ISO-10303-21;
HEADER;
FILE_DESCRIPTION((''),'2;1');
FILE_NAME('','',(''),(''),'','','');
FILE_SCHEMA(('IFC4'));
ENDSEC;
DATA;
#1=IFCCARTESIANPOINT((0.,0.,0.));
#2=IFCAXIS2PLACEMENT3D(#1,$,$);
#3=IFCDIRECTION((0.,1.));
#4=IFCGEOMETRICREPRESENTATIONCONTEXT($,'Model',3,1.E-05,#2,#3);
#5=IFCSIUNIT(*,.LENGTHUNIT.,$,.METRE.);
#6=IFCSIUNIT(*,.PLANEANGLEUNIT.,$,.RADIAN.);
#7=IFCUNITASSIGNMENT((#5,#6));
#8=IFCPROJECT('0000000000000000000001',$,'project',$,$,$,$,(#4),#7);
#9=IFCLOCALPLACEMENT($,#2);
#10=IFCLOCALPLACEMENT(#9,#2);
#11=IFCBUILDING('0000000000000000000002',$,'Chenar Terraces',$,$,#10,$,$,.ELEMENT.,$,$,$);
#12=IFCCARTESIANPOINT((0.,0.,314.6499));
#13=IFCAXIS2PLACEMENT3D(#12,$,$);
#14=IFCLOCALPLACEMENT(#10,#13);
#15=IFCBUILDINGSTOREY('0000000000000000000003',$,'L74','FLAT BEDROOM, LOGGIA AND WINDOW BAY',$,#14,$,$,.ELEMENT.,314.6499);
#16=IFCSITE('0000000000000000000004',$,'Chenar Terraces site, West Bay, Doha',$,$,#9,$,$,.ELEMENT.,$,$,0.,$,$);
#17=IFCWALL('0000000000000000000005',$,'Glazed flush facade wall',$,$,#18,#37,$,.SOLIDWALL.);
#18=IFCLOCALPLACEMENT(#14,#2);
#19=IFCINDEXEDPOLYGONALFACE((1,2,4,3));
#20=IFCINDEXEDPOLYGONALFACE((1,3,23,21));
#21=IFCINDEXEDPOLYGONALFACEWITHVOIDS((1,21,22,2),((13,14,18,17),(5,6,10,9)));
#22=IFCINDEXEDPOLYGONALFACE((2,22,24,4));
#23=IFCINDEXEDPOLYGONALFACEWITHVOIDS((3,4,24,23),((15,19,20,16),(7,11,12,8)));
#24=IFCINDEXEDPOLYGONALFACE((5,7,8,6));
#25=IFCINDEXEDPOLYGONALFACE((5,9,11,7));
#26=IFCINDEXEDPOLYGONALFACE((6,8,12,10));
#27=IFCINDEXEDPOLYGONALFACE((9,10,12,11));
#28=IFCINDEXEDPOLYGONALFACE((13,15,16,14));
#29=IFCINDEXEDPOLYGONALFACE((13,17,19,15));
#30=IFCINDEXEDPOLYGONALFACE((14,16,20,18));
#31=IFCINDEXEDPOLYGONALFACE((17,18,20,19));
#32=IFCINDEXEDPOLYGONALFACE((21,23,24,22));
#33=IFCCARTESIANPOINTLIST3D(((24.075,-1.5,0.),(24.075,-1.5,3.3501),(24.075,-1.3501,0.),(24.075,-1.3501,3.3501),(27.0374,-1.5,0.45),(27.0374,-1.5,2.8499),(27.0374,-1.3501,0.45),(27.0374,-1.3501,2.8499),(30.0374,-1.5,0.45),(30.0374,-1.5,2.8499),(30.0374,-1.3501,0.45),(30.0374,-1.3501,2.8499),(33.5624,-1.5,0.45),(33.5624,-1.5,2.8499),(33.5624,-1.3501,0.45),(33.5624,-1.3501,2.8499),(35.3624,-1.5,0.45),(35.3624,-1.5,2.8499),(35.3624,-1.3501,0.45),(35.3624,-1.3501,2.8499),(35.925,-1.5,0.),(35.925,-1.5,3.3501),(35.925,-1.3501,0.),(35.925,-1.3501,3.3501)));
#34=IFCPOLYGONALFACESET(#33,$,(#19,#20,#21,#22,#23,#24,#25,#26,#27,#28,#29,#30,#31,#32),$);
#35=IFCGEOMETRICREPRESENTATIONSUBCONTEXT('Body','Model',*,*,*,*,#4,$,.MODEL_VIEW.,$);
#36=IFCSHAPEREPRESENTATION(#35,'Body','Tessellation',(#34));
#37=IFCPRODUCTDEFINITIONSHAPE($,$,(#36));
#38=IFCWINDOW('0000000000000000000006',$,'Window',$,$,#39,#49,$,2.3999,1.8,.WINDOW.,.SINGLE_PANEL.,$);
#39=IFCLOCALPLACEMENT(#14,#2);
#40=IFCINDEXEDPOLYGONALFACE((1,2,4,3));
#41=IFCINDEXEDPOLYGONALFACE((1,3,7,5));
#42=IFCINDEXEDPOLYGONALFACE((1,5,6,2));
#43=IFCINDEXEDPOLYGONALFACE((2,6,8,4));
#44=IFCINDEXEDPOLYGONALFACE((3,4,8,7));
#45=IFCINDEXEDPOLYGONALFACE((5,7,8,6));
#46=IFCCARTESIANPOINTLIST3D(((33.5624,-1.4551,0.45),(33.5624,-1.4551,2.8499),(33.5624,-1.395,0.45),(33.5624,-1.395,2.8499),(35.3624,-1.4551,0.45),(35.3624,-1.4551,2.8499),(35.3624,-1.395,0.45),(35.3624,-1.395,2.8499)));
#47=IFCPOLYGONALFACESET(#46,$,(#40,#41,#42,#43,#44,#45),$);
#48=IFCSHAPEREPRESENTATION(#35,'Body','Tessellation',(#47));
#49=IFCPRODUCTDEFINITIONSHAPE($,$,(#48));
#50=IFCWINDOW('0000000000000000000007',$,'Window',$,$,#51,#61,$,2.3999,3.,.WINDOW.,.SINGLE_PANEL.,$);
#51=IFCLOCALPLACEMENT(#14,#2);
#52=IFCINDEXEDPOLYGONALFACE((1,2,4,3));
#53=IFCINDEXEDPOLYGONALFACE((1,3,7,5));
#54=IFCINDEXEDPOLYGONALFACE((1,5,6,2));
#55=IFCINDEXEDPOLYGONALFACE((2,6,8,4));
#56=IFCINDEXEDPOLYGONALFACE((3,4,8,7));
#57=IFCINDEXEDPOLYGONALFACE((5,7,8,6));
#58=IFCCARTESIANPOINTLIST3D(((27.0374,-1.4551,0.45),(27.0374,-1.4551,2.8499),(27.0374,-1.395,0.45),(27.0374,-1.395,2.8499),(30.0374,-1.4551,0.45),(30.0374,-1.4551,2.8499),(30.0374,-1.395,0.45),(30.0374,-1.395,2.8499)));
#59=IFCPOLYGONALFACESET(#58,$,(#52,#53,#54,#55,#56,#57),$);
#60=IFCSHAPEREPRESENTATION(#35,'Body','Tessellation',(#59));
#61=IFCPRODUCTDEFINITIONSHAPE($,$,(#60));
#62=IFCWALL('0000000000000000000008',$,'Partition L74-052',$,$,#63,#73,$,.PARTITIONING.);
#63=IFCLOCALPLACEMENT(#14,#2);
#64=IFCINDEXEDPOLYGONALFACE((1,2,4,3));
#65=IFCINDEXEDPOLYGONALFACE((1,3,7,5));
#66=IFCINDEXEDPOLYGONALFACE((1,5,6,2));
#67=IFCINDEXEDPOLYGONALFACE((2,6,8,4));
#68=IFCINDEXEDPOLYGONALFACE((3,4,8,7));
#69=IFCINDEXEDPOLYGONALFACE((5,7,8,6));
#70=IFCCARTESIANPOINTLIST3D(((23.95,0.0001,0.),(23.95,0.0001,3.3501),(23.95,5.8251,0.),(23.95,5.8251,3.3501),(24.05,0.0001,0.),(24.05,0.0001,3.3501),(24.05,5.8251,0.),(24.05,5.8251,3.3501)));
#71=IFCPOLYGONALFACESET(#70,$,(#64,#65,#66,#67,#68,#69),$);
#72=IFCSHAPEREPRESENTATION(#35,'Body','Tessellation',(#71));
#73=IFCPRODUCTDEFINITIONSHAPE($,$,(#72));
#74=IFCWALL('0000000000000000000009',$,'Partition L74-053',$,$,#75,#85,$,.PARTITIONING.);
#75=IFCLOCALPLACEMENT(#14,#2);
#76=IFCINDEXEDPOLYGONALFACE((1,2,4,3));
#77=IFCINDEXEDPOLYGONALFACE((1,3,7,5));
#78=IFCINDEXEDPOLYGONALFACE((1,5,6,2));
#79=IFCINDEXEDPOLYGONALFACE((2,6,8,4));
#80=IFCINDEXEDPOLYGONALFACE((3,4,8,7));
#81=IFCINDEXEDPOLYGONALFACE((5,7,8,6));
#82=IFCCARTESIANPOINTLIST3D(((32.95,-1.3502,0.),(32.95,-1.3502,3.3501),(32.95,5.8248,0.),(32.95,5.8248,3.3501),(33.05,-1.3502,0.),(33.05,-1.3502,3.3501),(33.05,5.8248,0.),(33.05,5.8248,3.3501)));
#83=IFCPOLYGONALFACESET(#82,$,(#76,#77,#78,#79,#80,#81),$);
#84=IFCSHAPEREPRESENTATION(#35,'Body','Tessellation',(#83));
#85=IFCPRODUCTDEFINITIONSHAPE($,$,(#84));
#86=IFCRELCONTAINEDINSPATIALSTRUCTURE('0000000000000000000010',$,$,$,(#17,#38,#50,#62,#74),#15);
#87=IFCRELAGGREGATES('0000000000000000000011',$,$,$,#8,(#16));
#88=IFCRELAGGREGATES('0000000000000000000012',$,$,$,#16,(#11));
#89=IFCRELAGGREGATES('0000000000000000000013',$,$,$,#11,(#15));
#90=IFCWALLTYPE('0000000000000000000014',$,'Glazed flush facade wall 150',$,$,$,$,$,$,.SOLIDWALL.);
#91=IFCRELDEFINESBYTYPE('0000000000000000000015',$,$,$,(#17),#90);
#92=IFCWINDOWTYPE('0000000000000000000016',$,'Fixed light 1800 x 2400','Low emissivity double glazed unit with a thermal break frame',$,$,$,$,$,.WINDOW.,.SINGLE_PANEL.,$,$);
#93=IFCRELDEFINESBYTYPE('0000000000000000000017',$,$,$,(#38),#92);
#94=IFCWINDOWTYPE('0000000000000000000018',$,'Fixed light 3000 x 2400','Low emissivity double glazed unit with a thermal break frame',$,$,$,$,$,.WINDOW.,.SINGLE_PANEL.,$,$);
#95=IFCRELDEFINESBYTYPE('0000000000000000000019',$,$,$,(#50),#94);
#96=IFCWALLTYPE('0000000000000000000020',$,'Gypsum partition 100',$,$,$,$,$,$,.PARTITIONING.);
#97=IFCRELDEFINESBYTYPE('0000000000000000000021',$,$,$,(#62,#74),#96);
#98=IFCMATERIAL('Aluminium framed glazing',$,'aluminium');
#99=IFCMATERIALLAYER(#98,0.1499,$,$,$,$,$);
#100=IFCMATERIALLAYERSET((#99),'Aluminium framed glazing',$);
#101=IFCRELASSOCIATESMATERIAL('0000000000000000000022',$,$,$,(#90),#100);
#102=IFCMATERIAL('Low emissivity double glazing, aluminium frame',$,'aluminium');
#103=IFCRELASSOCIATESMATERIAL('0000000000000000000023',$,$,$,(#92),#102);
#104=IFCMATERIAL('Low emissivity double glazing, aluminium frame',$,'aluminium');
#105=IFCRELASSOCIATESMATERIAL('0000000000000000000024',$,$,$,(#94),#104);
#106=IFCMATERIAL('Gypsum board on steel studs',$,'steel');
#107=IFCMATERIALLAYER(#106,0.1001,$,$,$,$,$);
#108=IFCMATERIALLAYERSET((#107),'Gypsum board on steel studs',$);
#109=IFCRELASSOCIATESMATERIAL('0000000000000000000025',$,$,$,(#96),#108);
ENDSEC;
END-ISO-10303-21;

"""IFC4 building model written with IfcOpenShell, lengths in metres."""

from ifc_helpers import new_model, si_unit, direction, frame, frame_2d, origin, place, context, subcontext, project, spatial, rectangle, extrude, material, layer, layer_set, type_object, element, fill, save


model = new_model("IFC4")

# Units and contexts
model_context = context("Model", 3, precision=1e-05, world=origin(), true_north=direction((0.0, 1.0)))
body_context = subcontext(model_context, "Body", "Model", "MODEL_VIEW")
ifc_project = project(units=[si_unit("LENGTHUNIT", "METRE"), si_unit("PLANEANGLEUNIT", "RADIAN")], contexts=[model_context])

# Site, building, storey
site_placement = place(None, origin())
site = spatial("IfcSite", under=ifc_project, at=site_placement, Name="Chenar Terraces site, West Bay, Doha", CompositionType="ELEMENT", RefElevation=0.0)
building_placement = place(site_placement, origin())
building = spatial("IfcBuilding", under=site, at=building_placement, Name="Chenar Terraces", CompositionType="ELEMENT")
storey_placement = place(building_placement, frame((0.0, 0.0, 314.6499)))
storey = spatial("IfcBuildingStorey", under=building, at=storey_placement, Name="L74", Description="FLAT BEDROOM, LOGGIA AND WINDOW BAY", CompositionType="ELEMENT", Elevation=314.6499)

# Wall, openings, windows
ifc_material_1 = material(Name="Aluminium framed glazing", Category="aluminium")
ifc_layer_1 = layer(ifc_material_1, 0.1499)
ifc_layer_set_1 = layer_set([ifc_layer_1], Name="Aluminium framed glazing")
wall_type_1 = type_object("IfcWallType", Name="Glazed flush facade wall 150", PredefinedType="SOLIDWALL", material=ifc_layer_set_1)
wall_1_placement = place(storey_placement, frame((24.075, -1.425, 0.0), z_axis=(0.0, 0.0, 1.0), x_axis=(1.0, 0.0, 0.0)))
wall_1 = element("IfcWall", 1, at=wall_1_placement, inside=storey, type_object=wall_type_1, Name="Glazed flush facade wall", PredefinedType="SOLIDWALL", context=body_context, shape_type="SweptSolid", body=[
    extrude(rectangle(XDim=11.8501, YDim=0.1499, at=frame_2d((5.925, 0.0))), origin(), (0.0, 0.0, 1.0), 3.3501),
])
opening_1_placement = place(wall_1_placement, frame((2.9624, 0.0, 0.45)))
opening_1 = element("IfcOpeningElement", 2, at=opening_1_placement, cuts=wall_1, PredefinedType="OPENING", context=body_context, shape_type="SweptSolid", body=[
    extrude(rectangle(XDim=3.0, YDim=2.3999, at=frame_2d((1.5, 1.2))), frame((0.0, 0.085, 0.0), z_axis=(0.0, -1.0, 0.0), x_axis=(1.0, 0.0, 0.0)), (0.0, 0.0, 1.0), 0.1699),
])
opening_2_placement = place(wall_1_placement, frame((9.4875, 0.0, 0.45)))
opening_2 = element("IfcOpeningElement", 3, at=opening_2_placement, cuts=wall_1, PredefinedType="OPENING", context=body_context, shape_type="SweptSolid", body=[
    extrude(rectangle(XDim=1.8, YDim=2.3999, at=frame_2d((0.8999, 1.2))), frame((0.0, 0.085, 0.0), z_axis=(0.0, -1.0, 0.0), x_axis=(1.0, 0.0, 0.0)), (0.0, 0.0, 1.0), 0.1699),
])
ifc_material_2 = material(Name="Low emissivity double glazing, aluminium frame", Category="aluminium")
window_type_1 = type_object("IfcWindowType", Name="Fixed light 1800 x 2400", Description="Low emissivity double glazed unit with a thermal break frame", PartitioningType="SINGLE_PANEL", PredefinedType="WINDOW", material=ifc_material_2)
window_1_placement = place(opening_2_placement, origin())
window_1 = element("IfcWindow", 4, at=window_1_placement, inside=storey, type_object=window_type_1, Name="Window", OverallHeight=2.3999, OverallWidth=1.8, PartitioningType="SINGLE_PANEL", PredefinedType="WINDOW", context=body_context, shape_type="SweptSolid", body=[
    extrude(rectangle(XDim=1.8, YDim=2.3999, at=frame_2d((0.8999, 1.2))), frame((0.0, 0.03, 0.0), z_axis=(0.0, -1.0, 0.0), x_axis=(1.0, 0.0, 0.0)), (0.0, 0.0, 1.0), 0.0601),
])
fill(opening_2, window_1)
ifc_material_3 = material(Name="Low emissivity double glazing, aluminium frame", Category="aluminium")
window_type_2 = type_object("IfcWindowType", Name="Fixed light 3000 x 2400", Description="Low emissivity double glazed unit with a thermal break frame", PartitioningType="SINGLE_PANEL", PredefinedType="WINDOW", material=ifc_material_3)
window_2_placement = place(opening_1_placement, origin())
window_2 = element("IfcWindow", 5, at=window_2_placement, inside=storey, type_object=window_type_2, Name="Window", OverallHeight=2.3999, OverallWidth=3.0, PartitioningType="SINGLE_PANEL", PredefinedType="WINDOW", context=body_context, shape_type="SweptSolid", body=[
    extrude(rectangle(XDim=3.0, YDim=2.3999, at=frame_2d((1.5, 1.2))), frame((0.0, 0.03, 0.0), z_axis=(0.0, -1.0, 0.0), x_axis=(1.0, 0.0, 0.0)), (0.0, 0.0, 1.0), 0.0601),
])
fill(opening_1, window_2)

# Walls
ifc_material_4 = material(Name="Gypsum board on steel studs", Category="steel")
ifc_layer_2 = layer(ifc_material_4, 0.1001)
ifc_layer_set_2 = layer_set([ifc_layer_2], Name="Gypsum board on steel studs")
wall_type_2 = type_object("IfcWallType", Name="Gypsum partition 100", PredefinedType="PARTITIONING", material=ifc_layer_set_2)
wall_2_placement = place(storey_placement, frame((24.0, 0.0, 0.0), z_axis=(0.0, 0.0, 1.0), x_axis=(0.0, 1.0, 0.0)))
element("IfcWall", 6, at=wall_2_placement, inside=storey, type_object=wall_type_2, Name="Partition L74-052", PredefinedType="PARTITIONING", context=body_context, shape_type="SweptSolid", body=[
    extrude(rectangle(XDim=5.825, YDim=0.1001, at=frame_2d((2.9126, 0.0))), origin(), (0.0, 0.0, 1.0), 3.3501),
])
wall_3_placement = place(storey_placement, frame((33.0, -1.3501, 0.0), z_axis=(0.0, 0.0, 1.0), x_axis=(0.0, 1.0, 0.0)))
element("IfcWall", 7, at=wall_3_placement, inside=storey, type_object=wall_type_2, Name="Partition L74-053", PredefinedType="PARTITIONING", context=body_context, shape_type="SweptSolid", body=[
    extrude(rectangle(XDim=7.175, YDim=0.1001, at=frame_2d((3.5874, 0.0))), origin(), (0.0, 0.0, 1.0), 3.3501),
])

save(model, "model.ifc")
